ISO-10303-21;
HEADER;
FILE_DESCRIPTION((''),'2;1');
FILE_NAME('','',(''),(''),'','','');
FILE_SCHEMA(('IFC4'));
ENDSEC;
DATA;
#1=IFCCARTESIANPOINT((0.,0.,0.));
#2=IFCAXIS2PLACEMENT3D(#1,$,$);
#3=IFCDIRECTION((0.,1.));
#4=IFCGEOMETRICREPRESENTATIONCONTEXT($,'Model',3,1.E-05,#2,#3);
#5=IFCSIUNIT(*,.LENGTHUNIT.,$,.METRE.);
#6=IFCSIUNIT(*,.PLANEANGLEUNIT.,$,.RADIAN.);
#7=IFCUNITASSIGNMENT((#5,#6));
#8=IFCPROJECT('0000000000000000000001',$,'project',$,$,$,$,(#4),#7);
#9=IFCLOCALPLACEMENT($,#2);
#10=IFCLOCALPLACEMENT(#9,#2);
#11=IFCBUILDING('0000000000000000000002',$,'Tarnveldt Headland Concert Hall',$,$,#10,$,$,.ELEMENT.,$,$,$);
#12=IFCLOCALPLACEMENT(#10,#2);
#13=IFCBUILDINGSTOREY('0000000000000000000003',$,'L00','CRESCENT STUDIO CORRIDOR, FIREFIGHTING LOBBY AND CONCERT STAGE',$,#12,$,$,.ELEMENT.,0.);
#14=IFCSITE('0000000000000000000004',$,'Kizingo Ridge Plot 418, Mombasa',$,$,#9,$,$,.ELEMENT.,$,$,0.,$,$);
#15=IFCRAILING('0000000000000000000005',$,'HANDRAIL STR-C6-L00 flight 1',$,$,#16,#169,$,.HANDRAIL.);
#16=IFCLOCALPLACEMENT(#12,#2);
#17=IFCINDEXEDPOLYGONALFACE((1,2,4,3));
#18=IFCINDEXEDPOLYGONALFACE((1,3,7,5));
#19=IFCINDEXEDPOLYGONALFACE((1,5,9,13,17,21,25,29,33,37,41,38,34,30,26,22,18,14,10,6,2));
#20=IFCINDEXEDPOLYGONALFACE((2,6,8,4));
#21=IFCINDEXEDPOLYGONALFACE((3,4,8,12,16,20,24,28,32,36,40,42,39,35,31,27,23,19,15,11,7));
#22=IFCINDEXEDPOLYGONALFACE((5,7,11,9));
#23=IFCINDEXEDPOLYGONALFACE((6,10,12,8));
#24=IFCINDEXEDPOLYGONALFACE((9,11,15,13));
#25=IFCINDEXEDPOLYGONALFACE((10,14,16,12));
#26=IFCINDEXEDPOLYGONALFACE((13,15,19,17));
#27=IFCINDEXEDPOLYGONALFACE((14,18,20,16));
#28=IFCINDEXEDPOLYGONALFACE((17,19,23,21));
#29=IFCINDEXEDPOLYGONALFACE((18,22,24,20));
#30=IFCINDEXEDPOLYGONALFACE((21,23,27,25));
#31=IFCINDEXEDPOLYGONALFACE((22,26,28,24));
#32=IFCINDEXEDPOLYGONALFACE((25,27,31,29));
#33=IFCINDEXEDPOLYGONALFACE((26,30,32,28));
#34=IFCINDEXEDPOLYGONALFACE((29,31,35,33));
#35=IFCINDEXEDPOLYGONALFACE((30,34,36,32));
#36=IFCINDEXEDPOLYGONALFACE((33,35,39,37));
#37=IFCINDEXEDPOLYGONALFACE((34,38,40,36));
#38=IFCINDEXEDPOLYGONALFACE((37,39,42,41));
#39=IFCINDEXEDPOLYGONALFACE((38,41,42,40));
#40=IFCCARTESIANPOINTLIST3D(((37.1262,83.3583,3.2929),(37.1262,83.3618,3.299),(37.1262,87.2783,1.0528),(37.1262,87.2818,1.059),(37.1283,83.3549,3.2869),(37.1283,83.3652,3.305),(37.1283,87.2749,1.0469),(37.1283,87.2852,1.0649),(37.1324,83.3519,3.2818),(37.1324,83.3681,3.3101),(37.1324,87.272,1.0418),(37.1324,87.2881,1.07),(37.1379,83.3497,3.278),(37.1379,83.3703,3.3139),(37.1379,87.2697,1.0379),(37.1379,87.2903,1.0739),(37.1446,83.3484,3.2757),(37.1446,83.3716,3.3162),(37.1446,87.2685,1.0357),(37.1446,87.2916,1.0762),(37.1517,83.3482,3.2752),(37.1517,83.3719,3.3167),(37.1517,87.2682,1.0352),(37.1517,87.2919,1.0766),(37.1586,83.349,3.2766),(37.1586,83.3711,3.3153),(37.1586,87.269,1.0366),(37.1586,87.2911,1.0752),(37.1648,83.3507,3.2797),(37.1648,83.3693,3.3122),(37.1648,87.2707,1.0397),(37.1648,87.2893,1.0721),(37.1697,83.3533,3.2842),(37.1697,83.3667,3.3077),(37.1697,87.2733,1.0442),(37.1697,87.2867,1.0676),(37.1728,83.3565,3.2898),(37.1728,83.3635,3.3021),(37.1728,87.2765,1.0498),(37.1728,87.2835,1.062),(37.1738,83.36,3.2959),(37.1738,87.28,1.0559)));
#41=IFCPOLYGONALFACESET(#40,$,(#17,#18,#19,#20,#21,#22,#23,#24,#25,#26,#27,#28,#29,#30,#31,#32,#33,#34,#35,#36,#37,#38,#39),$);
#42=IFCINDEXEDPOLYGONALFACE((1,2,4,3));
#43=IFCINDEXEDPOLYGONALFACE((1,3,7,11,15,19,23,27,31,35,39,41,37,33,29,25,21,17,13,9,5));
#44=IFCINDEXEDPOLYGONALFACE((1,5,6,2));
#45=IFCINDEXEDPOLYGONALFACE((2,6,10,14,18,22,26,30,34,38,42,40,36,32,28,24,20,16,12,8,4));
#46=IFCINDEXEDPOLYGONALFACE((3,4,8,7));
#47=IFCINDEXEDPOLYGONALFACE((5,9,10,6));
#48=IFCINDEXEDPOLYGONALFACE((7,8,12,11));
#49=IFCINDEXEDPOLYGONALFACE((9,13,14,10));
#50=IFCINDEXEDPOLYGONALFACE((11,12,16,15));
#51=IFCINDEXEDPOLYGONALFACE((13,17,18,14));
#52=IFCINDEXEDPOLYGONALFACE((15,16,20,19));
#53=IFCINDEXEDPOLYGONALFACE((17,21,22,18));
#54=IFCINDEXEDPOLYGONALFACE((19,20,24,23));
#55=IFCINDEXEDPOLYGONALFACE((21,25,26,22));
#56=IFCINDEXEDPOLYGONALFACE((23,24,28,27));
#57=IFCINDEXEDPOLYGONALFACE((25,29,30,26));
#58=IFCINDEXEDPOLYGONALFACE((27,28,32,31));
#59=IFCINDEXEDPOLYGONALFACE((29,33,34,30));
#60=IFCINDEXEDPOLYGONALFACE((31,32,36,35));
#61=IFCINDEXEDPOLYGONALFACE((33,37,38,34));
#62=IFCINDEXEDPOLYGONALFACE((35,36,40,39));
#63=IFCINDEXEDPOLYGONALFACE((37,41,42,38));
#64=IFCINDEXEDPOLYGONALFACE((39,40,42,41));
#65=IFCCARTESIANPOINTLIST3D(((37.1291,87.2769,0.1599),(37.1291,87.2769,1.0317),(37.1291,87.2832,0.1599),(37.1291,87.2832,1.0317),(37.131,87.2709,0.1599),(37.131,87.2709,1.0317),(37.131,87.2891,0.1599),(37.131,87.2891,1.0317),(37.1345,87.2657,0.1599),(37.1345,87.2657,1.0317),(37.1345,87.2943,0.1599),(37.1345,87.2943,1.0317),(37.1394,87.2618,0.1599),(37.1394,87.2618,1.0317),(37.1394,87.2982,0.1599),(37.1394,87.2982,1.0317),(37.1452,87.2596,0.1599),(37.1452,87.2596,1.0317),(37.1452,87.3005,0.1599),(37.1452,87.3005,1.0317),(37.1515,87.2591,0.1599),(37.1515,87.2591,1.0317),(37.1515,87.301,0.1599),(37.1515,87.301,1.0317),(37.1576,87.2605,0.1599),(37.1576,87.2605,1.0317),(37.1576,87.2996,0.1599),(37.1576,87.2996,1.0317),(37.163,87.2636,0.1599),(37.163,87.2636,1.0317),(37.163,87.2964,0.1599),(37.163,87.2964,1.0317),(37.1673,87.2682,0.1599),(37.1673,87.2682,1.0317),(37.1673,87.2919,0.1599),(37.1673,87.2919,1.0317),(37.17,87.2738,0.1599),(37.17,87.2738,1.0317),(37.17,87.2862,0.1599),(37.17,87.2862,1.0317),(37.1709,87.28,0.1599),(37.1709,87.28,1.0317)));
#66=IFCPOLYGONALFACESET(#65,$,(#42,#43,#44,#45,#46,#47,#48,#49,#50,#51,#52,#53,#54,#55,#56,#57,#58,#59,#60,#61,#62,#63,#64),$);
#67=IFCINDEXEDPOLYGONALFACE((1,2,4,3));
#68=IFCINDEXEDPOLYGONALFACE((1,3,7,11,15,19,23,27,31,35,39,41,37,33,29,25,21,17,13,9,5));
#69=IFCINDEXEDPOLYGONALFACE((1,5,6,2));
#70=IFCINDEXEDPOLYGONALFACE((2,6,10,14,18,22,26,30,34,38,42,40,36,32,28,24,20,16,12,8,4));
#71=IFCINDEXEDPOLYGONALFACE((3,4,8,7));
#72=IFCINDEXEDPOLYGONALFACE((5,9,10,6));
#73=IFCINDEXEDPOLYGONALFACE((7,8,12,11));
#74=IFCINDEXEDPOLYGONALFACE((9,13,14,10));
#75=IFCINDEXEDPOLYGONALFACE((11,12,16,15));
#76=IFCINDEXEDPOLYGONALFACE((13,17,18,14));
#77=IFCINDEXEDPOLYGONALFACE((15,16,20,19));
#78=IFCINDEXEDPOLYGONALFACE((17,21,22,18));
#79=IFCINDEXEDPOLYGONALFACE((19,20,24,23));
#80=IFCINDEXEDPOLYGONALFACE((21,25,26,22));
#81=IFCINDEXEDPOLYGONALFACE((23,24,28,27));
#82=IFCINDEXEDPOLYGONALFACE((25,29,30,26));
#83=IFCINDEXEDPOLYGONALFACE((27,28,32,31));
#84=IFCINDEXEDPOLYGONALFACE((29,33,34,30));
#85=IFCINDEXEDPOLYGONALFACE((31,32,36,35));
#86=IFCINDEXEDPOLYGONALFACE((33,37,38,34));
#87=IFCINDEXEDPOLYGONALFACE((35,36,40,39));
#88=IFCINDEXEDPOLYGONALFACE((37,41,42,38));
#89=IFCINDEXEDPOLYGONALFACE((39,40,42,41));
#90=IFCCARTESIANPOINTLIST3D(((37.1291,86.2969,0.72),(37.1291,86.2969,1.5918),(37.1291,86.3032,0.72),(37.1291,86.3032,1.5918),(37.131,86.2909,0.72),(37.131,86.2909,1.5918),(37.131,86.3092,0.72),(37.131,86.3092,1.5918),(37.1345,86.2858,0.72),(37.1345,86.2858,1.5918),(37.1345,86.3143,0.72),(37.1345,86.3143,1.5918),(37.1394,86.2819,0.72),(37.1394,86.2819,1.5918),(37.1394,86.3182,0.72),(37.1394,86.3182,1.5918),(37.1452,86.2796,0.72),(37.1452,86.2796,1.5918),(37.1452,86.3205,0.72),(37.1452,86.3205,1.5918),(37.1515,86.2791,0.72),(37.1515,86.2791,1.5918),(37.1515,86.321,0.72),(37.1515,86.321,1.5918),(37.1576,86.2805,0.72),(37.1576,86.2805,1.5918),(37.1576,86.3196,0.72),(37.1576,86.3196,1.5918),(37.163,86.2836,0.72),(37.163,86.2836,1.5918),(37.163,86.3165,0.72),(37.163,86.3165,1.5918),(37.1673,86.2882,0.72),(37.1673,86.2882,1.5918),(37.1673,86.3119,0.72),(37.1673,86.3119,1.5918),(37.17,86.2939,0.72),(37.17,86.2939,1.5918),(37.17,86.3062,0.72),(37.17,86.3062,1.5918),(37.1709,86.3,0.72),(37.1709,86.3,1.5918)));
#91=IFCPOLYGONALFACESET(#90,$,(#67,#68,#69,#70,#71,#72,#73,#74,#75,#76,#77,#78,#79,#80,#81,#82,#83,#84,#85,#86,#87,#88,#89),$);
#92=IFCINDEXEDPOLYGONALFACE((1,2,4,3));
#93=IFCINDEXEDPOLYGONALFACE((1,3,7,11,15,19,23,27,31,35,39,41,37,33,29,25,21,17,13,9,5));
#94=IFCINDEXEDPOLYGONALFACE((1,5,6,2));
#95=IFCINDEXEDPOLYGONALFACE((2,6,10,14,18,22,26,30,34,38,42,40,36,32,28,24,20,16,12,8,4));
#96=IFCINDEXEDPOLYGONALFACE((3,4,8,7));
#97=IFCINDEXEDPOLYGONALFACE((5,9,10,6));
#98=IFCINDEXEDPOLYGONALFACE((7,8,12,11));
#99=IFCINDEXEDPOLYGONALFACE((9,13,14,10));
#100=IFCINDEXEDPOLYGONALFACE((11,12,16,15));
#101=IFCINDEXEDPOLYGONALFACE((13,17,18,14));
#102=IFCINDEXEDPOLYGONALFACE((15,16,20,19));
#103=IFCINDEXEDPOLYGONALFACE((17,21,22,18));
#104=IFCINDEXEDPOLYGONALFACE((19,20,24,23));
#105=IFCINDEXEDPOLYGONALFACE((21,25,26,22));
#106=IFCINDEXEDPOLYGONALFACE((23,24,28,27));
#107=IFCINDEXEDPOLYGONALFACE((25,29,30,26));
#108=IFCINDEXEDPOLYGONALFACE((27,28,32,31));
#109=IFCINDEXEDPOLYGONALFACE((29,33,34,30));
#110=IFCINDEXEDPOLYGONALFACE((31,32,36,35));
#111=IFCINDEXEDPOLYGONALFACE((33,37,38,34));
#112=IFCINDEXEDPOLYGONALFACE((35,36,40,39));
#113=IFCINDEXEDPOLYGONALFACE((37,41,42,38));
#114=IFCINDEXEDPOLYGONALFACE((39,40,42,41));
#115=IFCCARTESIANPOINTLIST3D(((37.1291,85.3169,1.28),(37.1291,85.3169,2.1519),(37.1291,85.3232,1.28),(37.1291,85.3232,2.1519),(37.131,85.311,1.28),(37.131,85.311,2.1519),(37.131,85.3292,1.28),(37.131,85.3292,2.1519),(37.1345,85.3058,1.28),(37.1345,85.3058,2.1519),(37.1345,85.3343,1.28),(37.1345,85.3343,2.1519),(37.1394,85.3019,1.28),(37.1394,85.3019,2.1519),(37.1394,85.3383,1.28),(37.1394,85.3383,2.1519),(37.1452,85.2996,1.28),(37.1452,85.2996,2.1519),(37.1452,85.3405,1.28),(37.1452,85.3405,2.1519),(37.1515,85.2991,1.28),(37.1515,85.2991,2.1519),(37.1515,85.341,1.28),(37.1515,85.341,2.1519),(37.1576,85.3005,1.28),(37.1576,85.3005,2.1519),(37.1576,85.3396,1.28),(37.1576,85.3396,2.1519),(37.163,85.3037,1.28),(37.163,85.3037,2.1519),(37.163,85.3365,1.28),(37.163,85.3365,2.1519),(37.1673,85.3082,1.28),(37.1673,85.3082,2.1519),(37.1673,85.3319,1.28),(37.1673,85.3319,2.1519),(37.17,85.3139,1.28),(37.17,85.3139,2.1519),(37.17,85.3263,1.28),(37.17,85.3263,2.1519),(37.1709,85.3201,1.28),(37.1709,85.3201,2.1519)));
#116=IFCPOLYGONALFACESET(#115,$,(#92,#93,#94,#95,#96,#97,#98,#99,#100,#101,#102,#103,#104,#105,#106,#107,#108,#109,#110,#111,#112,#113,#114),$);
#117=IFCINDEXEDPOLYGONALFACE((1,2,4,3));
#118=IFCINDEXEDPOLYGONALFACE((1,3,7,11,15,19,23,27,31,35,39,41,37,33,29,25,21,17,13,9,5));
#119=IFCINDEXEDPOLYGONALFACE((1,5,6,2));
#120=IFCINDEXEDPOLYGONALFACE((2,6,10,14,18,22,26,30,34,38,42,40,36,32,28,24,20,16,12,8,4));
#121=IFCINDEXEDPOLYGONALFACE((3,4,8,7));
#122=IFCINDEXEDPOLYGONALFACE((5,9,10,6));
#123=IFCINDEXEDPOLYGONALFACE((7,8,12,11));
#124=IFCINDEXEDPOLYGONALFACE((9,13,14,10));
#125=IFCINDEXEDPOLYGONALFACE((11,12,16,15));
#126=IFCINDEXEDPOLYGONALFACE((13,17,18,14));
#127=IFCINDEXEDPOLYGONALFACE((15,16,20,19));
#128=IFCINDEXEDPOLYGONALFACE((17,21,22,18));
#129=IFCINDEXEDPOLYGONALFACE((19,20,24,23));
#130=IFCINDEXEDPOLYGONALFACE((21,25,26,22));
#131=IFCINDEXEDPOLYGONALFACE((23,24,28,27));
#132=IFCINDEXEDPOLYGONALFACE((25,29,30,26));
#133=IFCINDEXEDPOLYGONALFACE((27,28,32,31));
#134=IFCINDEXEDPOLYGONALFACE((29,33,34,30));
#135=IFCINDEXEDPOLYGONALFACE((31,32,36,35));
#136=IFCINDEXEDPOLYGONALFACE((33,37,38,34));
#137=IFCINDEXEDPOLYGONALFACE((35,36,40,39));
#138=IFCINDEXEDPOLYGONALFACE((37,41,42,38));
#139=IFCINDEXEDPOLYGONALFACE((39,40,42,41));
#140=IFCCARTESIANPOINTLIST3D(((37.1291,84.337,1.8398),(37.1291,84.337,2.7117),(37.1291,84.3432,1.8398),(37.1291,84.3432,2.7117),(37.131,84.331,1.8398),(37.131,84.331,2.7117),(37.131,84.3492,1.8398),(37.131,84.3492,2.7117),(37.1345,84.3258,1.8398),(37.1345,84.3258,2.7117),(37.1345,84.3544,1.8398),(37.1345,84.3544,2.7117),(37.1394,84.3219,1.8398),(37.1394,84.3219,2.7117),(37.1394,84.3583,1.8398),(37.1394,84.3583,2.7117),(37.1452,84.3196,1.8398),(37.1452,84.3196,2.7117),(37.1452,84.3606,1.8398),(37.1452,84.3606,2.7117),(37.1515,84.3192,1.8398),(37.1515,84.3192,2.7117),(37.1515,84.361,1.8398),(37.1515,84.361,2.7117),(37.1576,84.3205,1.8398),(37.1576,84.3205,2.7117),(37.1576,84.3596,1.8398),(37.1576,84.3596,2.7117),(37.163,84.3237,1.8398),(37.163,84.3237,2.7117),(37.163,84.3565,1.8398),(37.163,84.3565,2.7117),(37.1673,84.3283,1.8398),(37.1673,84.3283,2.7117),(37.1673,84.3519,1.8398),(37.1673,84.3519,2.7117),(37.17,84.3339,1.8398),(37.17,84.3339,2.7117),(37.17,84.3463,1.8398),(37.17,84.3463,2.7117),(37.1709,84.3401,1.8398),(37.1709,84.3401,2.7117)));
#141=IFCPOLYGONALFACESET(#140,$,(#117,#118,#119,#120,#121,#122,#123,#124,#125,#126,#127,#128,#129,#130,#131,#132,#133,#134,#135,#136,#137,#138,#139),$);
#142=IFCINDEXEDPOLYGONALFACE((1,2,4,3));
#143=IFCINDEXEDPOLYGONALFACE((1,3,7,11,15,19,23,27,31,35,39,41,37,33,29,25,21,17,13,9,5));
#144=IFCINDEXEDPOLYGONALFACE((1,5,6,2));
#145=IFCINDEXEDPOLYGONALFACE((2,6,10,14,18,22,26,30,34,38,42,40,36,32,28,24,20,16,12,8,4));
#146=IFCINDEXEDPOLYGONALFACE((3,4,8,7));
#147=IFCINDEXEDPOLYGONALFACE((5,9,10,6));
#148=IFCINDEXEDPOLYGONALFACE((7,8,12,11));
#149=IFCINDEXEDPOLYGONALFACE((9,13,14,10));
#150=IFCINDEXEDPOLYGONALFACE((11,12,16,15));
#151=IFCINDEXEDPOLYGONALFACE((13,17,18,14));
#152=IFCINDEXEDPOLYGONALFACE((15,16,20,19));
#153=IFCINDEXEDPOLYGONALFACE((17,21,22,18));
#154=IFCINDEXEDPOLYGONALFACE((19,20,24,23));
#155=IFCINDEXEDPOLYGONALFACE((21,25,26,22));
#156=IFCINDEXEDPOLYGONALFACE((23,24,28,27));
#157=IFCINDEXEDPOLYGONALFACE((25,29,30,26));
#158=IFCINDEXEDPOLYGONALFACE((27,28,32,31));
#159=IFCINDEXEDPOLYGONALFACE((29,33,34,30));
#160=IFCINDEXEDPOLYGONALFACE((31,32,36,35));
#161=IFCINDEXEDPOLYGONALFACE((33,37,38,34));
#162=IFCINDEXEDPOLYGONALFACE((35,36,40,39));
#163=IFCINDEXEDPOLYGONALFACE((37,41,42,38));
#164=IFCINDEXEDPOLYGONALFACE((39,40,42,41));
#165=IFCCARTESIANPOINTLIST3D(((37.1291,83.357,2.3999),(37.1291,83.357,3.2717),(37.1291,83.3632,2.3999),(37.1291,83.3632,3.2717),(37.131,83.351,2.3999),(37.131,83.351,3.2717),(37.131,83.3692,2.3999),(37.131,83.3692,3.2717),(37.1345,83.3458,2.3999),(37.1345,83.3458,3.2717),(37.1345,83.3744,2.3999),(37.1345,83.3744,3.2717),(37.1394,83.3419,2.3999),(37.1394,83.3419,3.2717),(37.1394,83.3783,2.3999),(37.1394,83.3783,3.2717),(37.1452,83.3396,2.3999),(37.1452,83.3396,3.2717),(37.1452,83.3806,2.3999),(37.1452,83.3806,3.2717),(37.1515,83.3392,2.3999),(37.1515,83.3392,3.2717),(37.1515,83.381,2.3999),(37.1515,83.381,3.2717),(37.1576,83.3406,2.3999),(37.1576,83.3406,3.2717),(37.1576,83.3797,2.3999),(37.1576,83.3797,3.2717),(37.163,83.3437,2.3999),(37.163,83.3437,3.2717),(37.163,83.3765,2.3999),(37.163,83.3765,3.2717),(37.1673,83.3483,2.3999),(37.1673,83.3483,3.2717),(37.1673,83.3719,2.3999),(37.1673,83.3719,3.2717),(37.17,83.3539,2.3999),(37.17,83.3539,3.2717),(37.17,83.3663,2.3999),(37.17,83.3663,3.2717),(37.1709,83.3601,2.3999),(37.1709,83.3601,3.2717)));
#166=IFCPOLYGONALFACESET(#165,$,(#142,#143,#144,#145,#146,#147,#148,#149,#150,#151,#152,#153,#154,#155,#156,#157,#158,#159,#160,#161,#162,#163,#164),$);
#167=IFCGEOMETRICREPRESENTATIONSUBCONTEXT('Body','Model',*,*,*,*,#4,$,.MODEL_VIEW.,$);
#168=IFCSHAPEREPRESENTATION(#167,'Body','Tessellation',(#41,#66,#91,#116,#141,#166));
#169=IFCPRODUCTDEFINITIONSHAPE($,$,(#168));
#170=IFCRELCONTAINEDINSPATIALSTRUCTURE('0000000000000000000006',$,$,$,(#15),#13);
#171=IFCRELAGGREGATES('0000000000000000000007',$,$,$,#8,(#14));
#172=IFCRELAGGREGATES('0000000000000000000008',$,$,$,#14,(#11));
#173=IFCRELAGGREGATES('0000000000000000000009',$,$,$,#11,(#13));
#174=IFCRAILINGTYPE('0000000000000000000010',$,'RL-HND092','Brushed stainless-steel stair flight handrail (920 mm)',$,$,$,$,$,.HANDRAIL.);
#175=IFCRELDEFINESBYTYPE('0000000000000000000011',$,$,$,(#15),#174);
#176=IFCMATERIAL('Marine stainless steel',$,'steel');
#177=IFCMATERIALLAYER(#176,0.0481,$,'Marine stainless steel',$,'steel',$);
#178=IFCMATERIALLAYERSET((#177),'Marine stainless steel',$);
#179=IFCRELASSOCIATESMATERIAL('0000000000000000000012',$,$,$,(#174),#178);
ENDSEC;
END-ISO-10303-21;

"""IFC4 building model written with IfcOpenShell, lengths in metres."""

from ifc_helpers import new_model, si_unit, direction, frame, origin, origin_2d, place, context, subcontext, project, spatial, circle, extrude, material, layer, layer_set, type_object, element, save


model = new_model("IFC4")

# Units and contexts
model_context = context("Model", 3, precision=1e-05, world=origin(), true_north=direction((0.0, 1.0)))
body_context = subcontext(model_context, "Body", "Model", "MODEL_VIEW")
ifc_project = project(units=[si_unit("LENGTHUNIT", "METRE"), si_unit("PLANEANGLEUNIT", "RADIAN")], contexts=[model_context])

# Site, building, storey
site_placement = place(None, origin())
site = spatial("IfcSite", under=ifc_project, at=site_placement, Name="Kizingo Ridge Plot 418, Mombasa", CompositionType="ELEMENT", RefElevation=0.0)
building_placement = place(site_placement, origin())
building = spatial("IfcBuilding", under=site, at=building_placement, Name="Tarnveldt Headland Concert Hall", CompositionType="ELEMENT")
storey_placement = place(building_placement, origin())
storey = spatial("IfcBuildingStorey", under=building, at=storey_placement, Name="L00", Description="CRESCENT STUDIO CORRIDOR, FIREFIGHTING LOBBY AND CONCERT STAGE", CompositionType="ELEMENT", Elevation=0.0)

# Railing
ifc_material_1 = material(Name="Marine stainless steel", Category="steel")
ifc_layer_1 = layer(ifc_material_1, 0.0481, Name="Marine stainless steel", Category="steel")
ifc_layer_set_1 = layer_set([ifc_layer_1], Name="Marine stainless steel")
railing_type_1 = type_object("IfcRailingType", Name="RL-HND092", Description="Brushed stainless-steel stair flight handrail (920 mm)", PredefinedType="HANDRAIL", material=ifc_layer_set_1)
railing_1_placement = place(storey_placement, frame((37.1499, 87.28, 0.1599)))
element("IfcRailing", 1, at=railing_1_placement, inside=storey, type_object=railing_type_1, Name="HANDRAIL STR-C6-L00 flight 1", PredefinedType="HANDRAIL", context=body_context, shape_type="SweptSolid", body=[
    extrude(circle(Radius=0.0239, at=origin_2d()), frame((0.0, 0.0, 0.896), z_axis=(0.0, -0.86824, 0.496145), x_axis=(1.0, 0.0, 0.0)), (0.0, 0.0, 1.0), 4.5149),
    extrude(circle(Radius=0.021, at=origin_2d()), origin(), (0.0, 0.0, 1.0), 0.8718),
    extrude(circle(Radius=0.021, at=origin_2d()), frame((0.0, -0.98, 0.5601)), (0.0, 0.0, 1.0), 0.8718),
    extrude(circle(Radius=0.021, at=origin_2d()), frame((0.0, -1.96, 1.1201)), (0.0, 0.0, 1.0), 0.8718),
    extrude(circle(Radius=0.021, at=origin_2d()), frame((0.0, -2.9399, 1.6799)), (0.0, 0.0, 1.0), 0.8718),
    extrude(circle(Radius=0.021, at=origin_2d()), frame((0.0, -3.9199, 2.24)), (0.0, 0.0, 1.0), 0.8718),
])

save(model, "model.ifc")
